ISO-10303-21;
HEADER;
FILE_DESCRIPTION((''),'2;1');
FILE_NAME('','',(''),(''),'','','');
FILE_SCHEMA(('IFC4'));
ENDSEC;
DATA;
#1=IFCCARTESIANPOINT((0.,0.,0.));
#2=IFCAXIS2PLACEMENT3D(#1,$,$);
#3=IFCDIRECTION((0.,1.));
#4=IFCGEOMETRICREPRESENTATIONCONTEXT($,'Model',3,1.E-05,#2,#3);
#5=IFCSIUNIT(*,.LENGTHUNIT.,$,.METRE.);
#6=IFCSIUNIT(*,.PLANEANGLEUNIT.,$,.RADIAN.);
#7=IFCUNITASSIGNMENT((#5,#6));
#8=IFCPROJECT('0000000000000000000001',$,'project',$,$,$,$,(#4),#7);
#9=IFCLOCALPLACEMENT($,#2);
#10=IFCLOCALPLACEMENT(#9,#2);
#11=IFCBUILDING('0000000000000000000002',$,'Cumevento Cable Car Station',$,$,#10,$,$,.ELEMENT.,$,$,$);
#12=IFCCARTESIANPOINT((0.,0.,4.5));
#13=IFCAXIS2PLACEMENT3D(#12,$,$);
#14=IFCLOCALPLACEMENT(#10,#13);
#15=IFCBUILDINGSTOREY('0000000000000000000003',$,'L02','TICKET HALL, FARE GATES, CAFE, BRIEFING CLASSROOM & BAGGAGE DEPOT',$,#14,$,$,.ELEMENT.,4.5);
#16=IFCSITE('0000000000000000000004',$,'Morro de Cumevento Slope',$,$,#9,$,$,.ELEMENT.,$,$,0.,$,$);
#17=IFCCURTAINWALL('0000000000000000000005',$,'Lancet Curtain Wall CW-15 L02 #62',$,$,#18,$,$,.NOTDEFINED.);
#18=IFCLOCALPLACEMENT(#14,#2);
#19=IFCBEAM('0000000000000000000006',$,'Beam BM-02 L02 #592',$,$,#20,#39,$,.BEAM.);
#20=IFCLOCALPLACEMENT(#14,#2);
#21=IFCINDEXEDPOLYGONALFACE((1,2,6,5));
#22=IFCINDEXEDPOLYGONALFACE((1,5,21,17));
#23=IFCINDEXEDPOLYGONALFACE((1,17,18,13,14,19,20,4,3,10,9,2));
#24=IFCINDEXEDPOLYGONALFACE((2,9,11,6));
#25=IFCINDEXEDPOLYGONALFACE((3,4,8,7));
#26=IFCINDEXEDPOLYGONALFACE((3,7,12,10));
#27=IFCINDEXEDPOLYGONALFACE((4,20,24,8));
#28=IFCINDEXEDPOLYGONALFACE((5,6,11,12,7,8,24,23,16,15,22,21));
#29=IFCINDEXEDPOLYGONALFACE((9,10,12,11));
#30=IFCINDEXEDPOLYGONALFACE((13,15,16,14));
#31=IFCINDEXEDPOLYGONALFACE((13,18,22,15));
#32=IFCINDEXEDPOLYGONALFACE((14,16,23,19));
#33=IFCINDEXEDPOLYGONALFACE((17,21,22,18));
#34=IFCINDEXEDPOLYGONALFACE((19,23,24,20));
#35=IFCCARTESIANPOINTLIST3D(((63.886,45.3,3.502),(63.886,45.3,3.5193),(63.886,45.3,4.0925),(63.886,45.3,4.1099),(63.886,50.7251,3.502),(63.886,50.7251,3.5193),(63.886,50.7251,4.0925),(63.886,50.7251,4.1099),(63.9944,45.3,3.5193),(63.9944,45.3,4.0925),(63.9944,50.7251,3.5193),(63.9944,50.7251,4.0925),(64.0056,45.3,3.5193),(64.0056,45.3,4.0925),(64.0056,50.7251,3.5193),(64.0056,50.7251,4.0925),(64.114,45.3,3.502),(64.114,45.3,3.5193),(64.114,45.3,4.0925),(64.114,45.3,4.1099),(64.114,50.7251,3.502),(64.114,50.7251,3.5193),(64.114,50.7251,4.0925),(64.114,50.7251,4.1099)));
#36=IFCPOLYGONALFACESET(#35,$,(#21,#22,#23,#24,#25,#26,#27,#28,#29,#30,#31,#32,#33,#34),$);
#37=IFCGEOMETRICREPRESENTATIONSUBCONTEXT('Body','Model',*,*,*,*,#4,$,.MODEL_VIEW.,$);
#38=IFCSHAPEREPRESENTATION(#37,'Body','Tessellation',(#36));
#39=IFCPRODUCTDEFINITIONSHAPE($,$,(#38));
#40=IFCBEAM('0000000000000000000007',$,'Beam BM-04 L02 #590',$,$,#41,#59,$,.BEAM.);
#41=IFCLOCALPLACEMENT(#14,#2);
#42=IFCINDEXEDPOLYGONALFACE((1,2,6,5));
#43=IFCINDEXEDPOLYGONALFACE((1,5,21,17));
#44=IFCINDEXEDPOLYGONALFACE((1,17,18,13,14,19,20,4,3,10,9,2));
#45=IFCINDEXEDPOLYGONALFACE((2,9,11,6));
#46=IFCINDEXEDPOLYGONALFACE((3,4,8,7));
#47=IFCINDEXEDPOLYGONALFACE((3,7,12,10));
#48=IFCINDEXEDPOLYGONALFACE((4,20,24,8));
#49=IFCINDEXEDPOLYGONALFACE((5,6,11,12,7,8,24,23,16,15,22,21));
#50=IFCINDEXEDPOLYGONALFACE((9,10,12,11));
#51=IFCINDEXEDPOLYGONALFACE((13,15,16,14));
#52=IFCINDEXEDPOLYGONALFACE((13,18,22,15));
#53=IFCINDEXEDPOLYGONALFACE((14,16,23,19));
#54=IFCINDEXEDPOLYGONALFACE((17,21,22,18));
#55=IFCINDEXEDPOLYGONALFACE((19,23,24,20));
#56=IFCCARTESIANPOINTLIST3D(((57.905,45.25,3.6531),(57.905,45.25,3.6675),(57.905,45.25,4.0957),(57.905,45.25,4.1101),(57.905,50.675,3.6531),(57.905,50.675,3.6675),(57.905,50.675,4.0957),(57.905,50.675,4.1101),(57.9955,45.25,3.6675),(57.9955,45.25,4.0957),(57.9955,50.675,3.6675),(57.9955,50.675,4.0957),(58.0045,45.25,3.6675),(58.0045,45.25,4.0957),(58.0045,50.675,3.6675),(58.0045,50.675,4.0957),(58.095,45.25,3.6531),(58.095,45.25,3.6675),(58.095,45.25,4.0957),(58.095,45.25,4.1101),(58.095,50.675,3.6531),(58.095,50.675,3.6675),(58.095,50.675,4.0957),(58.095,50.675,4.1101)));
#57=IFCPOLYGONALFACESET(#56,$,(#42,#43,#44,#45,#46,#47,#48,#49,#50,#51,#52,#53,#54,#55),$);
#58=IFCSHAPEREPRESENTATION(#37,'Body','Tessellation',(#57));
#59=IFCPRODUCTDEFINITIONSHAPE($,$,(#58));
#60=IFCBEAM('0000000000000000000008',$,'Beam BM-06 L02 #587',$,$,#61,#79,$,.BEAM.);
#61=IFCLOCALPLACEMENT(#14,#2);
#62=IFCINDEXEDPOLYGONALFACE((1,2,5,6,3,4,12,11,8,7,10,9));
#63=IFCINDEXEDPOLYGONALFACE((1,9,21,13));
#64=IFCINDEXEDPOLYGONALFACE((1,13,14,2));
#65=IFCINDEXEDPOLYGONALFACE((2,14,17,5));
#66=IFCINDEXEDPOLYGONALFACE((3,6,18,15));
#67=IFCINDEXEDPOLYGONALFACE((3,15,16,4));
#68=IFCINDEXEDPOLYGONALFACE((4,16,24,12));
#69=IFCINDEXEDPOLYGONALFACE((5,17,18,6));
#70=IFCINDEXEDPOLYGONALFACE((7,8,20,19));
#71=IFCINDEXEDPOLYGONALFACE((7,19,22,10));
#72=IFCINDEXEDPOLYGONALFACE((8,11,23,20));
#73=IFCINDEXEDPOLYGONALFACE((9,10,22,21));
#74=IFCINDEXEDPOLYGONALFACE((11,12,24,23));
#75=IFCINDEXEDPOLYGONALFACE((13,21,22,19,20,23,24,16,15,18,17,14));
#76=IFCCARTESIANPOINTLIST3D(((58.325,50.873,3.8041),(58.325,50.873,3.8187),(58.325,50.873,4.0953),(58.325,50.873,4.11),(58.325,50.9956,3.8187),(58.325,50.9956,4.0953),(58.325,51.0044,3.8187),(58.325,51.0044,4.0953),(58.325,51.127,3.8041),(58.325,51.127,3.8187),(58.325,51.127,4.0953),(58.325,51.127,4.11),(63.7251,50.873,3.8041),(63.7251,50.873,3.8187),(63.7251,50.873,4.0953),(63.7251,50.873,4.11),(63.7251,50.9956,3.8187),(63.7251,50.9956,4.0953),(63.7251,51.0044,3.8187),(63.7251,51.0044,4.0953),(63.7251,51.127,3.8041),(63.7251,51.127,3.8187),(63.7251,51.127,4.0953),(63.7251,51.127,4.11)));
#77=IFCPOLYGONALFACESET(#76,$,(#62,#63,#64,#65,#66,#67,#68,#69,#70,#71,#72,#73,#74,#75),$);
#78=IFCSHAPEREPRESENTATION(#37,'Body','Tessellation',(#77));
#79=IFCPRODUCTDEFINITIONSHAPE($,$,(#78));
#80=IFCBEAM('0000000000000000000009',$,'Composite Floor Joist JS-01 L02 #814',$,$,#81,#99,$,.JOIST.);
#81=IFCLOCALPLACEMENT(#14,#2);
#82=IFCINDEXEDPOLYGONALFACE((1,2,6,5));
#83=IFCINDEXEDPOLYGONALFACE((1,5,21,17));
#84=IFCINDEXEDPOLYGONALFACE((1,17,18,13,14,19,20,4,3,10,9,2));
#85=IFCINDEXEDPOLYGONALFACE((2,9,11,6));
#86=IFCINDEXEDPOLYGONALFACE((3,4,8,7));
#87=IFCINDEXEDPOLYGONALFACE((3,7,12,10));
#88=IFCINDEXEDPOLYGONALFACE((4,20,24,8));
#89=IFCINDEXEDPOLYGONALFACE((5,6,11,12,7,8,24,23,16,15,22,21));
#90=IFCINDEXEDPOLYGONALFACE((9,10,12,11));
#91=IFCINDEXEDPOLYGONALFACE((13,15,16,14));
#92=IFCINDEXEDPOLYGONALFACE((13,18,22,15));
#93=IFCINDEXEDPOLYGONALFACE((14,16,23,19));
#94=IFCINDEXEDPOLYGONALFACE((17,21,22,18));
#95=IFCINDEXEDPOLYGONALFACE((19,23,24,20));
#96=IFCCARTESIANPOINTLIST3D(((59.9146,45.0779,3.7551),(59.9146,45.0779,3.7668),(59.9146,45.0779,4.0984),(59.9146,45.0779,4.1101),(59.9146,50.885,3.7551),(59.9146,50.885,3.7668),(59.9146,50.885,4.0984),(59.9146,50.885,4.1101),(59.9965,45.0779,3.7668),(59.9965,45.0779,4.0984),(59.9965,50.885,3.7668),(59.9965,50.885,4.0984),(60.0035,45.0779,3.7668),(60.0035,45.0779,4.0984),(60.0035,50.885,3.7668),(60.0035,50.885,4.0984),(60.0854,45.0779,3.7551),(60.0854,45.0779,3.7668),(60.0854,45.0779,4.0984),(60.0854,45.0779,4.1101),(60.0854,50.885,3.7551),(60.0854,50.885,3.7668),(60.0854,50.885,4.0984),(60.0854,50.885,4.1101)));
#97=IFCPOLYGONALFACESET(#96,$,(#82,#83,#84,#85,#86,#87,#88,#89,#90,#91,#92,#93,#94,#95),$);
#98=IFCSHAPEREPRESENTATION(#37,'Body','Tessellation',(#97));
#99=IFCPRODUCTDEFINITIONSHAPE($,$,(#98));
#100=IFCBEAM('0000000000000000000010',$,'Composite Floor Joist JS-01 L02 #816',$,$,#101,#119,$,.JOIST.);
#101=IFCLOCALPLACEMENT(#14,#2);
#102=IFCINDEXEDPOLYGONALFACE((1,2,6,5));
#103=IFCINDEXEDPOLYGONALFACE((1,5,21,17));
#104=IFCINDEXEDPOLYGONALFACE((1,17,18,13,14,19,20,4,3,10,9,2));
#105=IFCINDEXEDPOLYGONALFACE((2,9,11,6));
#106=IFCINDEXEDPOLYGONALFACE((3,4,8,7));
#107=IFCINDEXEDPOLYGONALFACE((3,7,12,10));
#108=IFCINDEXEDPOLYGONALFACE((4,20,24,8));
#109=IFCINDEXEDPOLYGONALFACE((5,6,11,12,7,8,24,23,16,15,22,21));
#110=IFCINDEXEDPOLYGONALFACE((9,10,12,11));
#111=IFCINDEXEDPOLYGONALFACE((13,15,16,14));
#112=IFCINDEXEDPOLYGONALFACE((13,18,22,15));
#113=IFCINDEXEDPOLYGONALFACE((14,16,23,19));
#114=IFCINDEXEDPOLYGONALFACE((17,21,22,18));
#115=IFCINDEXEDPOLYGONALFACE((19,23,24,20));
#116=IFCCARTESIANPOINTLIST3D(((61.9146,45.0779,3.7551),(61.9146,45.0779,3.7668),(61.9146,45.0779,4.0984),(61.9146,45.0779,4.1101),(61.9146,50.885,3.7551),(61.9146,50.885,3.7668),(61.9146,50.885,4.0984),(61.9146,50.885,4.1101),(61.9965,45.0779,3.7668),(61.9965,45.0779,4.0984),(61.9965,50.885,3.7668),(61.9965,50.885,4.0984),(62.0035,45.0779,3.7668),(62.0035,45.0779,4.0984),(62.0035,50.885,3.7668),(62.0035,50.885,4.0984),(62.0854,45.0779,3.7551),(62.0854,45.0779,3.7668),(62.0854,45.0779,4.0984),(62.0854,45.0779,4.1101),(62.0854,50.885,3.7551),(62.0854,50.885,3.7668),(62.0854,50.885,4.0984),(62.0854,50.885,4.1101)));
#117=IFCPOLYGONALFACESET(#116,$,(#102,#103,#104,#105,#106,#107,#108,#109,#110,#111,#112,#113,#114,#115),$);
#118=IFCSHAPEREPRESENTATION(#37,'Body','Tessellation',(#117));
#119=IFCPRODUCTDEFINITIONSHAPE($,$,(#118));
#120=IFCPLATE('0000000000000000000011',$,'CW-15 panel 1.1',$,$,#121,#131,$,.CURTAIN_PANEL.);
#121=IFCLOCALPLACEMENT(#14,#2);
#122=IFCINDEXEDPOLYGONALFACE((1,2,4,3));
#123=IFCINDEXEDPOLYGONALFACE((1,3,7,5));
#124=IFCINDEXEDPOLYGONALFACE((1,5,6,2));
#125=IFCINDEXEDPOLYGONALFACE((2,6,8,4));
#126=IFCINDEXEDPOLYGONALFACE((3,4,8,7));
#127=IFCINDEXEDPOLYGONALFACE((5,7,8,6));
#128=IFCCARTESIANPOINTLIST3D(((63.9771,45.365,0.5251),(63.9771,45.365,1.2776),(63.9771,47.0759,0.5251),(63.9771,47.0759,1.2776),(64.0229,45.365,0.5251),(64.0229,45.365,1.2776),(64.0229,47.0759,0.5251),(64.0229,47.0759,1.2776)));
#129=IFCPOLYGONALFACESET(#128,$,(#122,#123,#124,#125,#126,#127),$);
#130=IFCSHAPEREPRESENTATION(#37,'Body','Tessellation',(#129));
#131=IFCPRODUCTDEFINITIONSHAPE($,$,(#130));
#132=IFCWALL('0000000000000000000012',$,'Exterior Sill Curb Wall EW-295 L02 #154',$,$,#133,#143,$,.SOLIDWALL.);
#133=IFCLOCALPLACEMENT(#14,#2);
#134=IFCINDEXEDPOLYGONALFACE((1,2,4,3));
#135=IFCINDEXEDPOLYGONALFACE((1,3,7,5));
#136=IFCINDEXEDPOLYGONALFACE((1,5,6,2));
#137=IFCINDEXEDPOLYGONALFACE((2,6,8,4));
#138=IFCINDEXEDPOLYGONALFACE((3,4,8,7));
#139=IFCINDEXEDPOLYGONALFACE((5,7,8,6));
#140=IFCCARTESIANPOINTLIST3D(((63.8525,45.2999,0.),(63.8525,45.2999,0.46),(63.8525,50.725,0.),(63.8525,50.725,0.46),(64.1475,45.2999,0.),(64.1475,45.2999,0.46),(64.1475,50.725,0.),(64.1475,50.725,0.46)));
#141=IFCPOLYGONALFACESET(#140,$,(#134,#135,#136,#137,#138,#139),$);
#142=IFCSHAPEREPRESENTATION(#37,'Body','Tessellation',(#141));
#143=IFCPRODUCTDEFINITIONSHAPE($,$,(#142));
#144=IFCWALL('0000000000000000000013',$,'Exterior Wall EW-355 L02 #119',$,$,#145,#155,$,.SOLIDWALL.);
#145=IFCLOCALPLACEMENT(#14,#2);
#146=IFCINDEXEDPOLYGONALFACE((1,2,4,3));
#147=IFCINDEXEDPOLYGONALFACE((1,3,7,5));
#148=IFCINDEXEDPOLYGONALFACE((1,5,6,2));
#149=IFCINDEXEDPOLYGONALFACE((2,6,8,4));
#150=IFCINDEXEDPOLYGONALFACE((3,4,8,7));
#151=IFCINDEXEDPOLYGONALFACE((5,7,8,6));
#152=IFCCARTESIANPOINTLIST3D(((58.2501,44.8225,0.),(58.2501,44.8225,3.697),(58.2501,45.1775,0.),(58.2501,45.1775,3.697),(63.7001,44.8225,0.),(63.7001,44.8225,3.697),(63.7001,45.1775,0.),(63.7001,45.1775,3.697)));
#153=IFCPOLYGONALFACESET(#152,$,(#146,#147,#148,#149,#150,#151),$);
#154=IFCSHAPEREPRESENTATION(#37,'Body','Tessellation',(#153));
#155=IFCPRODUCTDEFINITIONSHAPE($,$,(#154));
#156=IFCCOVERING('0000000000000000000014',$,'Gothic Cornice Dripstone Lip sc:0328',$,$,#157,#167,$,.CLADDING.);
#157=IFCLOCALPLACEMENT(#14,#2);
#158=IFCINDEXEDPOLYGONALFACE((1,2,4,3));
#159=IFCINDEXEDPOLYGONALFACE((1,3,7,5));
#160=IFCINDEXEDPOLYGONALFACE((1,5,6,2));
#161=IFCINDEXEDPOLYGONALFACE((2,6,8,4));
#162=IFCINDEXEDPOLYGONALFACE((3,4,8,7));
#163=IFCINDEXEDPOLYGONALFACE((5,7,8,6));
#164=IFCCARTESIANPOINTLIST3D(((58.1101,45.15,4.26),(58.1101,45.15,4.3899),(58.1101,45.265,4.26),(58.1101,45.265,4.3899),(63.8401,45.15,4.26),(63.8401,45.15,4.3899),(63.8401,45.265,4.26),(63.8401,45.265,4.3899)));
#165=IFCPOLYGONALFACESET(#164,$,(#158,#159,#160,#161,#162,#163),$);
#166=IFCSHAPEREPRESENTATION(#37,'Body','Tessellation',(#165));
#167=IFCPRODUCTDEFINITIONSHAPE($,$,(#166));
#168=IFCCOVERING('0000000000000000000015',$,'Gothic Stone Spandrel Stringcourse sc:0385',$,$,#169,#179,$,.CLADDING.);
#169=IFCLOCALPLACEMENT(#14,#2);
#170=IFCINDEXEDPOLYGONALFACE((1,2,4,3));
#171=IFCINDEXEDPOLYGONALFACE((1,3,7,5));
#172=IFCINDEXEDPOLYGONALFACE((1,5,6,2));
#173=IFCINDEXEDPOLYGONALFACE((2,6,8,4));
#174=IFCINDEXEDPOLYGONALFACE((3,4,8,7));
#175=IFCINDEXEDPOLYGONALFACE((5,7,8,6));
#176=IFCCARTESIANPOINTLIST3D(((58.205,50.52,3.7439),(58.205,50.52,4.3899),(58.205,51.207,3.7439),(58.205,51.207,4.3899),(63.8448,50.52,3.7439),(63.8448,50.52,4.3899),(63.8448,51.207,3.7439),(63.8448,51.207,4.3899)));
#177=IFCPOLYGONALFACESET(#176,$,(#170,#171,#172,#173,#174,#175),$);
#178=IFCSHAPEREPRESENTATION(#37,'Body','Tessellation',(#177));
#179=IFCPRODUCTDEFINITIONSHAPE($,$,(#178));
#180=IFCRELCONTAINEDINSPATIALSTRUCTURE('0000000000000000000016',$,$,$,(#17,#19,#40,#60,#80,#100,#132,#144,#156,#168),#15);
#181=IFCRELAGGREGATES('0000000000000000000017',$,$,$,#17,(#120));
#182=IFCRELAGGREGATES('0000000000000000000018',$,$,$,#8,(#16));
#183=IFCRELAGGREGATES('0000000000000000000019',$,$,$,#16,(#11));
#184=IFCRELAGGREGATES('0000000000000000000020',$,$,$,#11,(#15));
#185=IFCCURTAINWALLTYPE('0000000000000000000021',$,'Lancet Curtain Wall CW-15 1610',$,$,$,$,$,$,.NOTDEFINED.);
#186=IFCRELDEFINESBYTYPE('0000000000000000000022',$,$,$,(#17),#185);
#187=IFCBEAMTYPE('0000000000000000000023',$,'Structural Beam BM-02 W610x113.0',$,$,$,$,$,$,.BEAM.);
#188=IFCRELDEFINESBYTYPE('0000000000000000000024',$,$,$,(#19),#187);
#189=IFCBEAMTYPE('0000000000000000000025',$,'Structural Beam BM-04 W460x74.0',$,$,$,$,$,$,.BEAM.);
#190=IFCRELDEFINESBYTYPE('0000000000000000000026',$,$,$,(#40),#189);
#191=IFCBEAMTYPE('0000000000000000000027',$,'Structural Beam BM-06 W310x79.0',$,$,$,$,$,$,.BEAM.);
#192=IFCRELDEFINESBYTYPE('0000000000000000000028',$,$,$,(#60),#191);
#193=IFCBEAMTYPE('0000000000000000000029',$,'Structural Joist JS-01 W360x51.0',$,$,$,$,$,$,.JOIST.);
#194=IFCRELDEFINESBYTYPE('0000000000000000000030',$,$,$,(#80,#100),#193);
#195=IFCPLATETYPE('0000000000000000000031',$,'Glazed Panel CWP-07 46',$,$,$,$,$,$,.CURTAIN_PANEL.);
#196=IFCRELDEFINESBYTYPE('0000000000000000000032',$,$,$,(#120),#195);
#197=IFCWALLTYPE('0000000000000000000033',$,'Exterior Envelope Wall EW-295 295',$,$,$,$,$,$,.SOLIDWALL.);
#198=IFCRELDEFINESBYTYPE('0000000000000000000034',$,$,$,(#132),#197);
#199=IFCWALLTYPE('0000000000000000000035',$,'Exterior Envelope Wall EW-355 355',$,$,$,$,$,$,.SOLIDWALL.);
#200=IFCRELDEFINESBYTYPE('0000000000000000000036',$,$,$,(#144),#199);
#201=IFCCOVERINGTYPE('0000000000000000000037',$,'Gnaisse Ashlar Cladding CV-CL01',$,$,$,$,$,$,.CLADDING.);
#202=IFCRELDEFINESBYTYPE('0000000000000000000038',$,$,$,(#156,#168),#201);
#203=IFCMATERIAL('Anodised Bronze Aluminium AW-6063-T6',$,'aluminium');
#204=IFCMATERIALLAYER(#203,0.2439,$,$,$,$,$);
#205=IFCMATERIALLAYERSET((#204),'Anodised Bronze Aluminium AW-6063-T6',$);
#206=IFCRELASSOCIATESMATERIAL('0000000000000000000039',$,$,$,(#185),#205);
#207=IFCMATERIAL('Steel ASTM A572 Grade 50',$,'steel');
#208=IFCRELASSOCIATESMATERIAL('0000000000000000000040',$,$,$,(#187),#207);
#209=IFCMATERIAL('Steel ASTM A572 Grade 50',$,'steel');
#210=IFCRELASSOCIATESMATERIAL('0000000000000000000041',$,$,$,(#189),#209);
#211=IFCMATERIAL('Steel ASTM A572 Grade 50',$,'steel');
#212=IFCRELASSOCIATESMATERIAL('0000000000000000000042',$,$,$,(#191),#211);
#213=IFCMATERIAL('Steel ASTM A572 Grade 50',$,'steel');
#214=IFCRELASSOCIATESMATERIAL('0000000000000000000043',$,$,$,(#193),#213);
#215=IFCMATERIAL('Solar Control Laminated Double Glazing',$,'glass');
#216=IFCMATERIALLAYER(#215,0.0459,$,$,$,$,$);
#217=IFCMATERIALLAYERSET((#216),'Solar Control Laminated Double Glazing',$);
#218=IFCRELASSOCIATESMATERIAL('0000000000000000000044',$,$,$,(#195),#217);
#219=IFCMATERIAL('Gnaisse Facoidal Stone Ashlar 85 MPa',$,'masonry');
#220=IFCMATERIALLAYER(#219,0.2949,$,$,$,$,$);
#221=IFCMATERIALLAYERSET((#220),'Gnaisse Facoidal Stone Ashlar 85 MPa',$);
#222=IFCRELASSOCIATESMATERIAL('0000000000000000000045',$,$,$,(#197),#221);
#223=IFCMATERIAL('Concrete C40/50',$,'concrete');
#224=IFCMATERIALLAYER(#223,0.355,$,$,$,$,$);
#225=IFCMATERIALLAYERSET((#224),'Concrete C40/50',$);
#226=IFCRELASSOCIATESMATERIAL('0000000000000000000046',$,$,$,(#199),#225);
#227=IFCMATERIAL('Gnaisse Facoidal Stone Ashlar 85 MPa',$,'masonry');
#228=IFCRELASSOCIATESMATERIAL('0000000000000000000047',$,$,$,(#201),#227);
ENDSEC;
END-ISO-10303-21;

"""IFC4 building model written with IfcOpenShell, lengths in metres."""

from ifc_helpers import new_model, si_unit, direction, frame, frame_2d, origin, origin_2d, place, context, subcontext, project, spatial, rectangle, i_section, extrude, material, layer, layer_set, material_profile, profile_set, type_object, element, aggregate, save


model = new_model("IFC4")

# Units and contexts
model_context = context("Model", 3, precision=1e-05, world=origin(), true_north=direction((0.0, 1.0)))
body_context = subcontext(model_context, "Body", "Model", "MODEL_VIEW")
ifc_project = project(units=[si_unit("LENGTHUNIT", "METRE"), si_unit("PLANEANGLEUNIT", "RADIAN")], contexts=[model_context])

# Site, building, storey
site_placement = place(None, origin())
site = spatial("IfcSite", under=ifc_project, at=site_placement, Name="Morro de Cumevento Slope", CompositionType="ELEMENT", RefElevation=0.0)
building_placement = place(site_placement, origin())
building = spatial("IfcBuilding", under=site, at=building_placement, Name="Cumevento Cable Car Station", CompositionType="ELEMENT")
storey_placement = place(building_placement, frame((0.0, 0.0, 4.5)))
storey = spatial("IfcBuildingStorey", under=building, at=storey_placement, Name="L02", Description="TICKET HALL, FARE GATES, CAFE, BRIEFING CLASSROOM & BAGGAGE DEPOT", CompositionType="ELEMENT", Elevation=4.5)

# Curtain wall
ifc_material_1 = material(Name="Anodised Bronze Aluminium AW-6063-T6", Category="aluminium")
ifc_layer_1 = layer(ifc_material_1, 0.2439)
ifc_layer_set_1 = layer_set([ifc_layer_1], Name="Anodised Bronze Aluminium AW-6063-T6")
curtain_wall_type = type_object("IfcCurtainWallType", Name="Lancet Curtain Wall CW-15 1610", PredefinedType="NOTDEFINED", material=ifc_layer_set_1)
curtain_wall_placement = place(storey_placement, origin())
curtain_wall = element("IfcCurtainWall", 1, at=curtain_wall_placement, inside=storey, type_object=curtain_wall_type, Name="Lancet Curtain Wall CW-15 L02 #62", PredefinedType="NOTDEFINED")

# Beams
ifc_material_2 = material(Name="Steel ASTM A572 Grade 50", Category="steel")
ifc_material_profile_1 = material_profile(ifc_material_2, i_section(OverallWidth=0.228, OverallDepth=0.6079, WebThickness=0.0112, FlangeThickness=0.0173, at=origin_2d()), Name="W610x113.0")
ifc_profile_set_1 = profile_set([ifc_material_profile_1], Name="Steel ASTM A572 Grade 50")
beam_type_1 = type_object("IfcBeamType", Name="Structural Beam BM-02 W610x113.0", PredefinedType="BEAM", material=ifc_profile_set_1)
beam_1_placement = place(storey_placement, frame((64.0, 45.3, 3.8059), z_axis=(0.0, 1.0, 0.0), x_axis=(-1.0, 0.0, 0.0)))
element("IfcBeam", 2, at=beam_1_placement, inside=storey, type_object=beam_type_1, Name="Beam BM-02 L02 #592", PredefinedType="BEAM", context=body_context, shape_type="SweptSolid", body=[
    extrude(i_section(OverallWidth=0.228, OverallDepth=0.6079, WebThickness=0.0112, FlangeThickness=0.0173, at=origin_2d()), origin(), (0.0, 0.0, 1.0), 5.425),
])
ifc_material_3 = material(Name="Steel ASTM A572 Grade 50", Category="steel")
ifc_material_profile_2 = material_profile(ifc_material_3, i_section(OverallWidth=0.1899, OverallDepth=0.457, WebThickness=0.009, FlangeThickness=0.0144, at=origin_2d()), Name="W460x74.0")
ifc_profile_set_2 = profile_set([ifc_material_profile_2], Name="Steel ASTM A572 Grade 50")
beam_type_2 = type_object("IfcBeamType", Name="Structural Beam BM-04 W460x74.0", PredefinedType="BEAM", material=ifc_profile_set_2)
beam_2_placement = place(storey_placement, frame((58.0, 45.25, 3.8816), z_axis=(0.0, 1.0, 0.0), x_axis=(-1.0, 0.0, 0.0)))
element("IfcBeam", 3, at=beam_2_placement, inside=storey, type_object=beam_type_2, Name="Beam BM-04 L02 #590", PredefinedType="BEAM", context=body_context, shape_type="SweptSolid", body=[
    extrude(i_section(OverallWidth=0.1899, OverallDepth=0.457, WebThickness=0.009, FlangeThickness=0.0144, at=origin_2d()), origin(), (0.0, 0.0, 1.0), 5.425),
])
ifc_material_4 = material(Name="Steel ASTM A572 Grade 50", Category="steel")
ifc_material_profile_3 = material_profile(ifc_material_4, i_section(OverallWidth=0.2539, OverallDepth=0.3059, WebThickness=0.0088, FlangeThickness=0.0146, at=origin_2d()), Name="W310x79.0")
ifc_profile_set_3 = profile_set([ifc_material_profile_3], Name="Steel ASTM A572 Grade 50")
beam_type_3 = type_object("IfcBeamType", Name="Structural Beam BM-06 W310x79.0", PredefinedType="BEAM", material=ifc_profile_set_3)
beam_3_placement = place(storey_placement, frame((58.325, 51.0, 3.957), z_axis=(1.0, 0.0, 0.0), x_axis=(0.0, 1.0, 0.0)))
element("IfcBeam", 4, at=beam_3_placement, inside=storey, type_object=beam_type_3, Name="Beam BM-06 L02 #587", PredefinedType="BEAM", context=body_context, shape_type="SweptSolid", body=[
    extrude(i_section(OverallWidth=0.2539, OverallDepth=0.3059, WebThickness=0.0088, FlangeThickness=0.0146, at=origin_2d()), origin(), (0.0, 0.0, 1.0), 5.4001),
])
ifc_material_5 = material(Name="Steel ASTM A572 Grade 50", Category="steel")
ifc_material_profile_4 = material_profile(ifc_material_5, i_section(OverallWidth=0.1709, OverallDepth=0.355, WebThickness=0.0071, FlangeThickness=0.0117, at=origin_2d()), Name="W360x51.0")
ifc_profile_set_4 = profile_set([ifc_material_profile_4], Name="Steel ASTM A572 Grade 50")
beam_type_4 = type_object("IfcBeamType", Name="Structural Joist JS-01 W360x51.0", PredefinedType="JOIST", material=ifc_profile_set_4)
for number, where, z_axis, x_axis, name in (
    (5, (60.0, 45.0779, 3.9326), (0.0, 1.0, 0.0), (-1.0, 0.0, 0.0), "Composite Floor Joist JS-01 L02 #814"),
    (6, (62.0, 45.0779, 3.9326), (0.0, 1.0, 0.0), (-1.0, 0.0, 0.0), "Composite Floor Joist JS-01 L02 #816"),
):
    element("IfcBeam", number, at=place(storey_placement, frame(where, z_axis=z_axis, x_axis=x_axis)), inside=storey, type_object=beam_type_4, Name=name, PredefinedType="JOIST", context=body_context, shape_type="SweptSolid", body=[
        extrude(i_section(OverallWidth=0.1709, OverallDepth=0.355, WebThickness=0.0071, FlangeThickness=0.0117, at=origin_2d()), origin(), (0.0, 0.0, 1.0), 5.8071),
    ])

# Plate
ifc_material_6 = material(Name="Solar Control Laminated Double Glazing", Category="glass")
ifc_layer_2 = layer(ifc_material_6, 0.0459)
ifc_layer_set_2 = layer_set([ifc_layer_2], Name="Solar Control Laminated Double Glazing")
plate_type = type_object("IfcPlateType", Name="Glazed Panel CWP-07 46", PredefinedType="CURTAIN_PANEL", material=ifc_layer_set_2)
plate_placement = place(storey_placement, frame((64.0, 46.2205, 0.5251), z_axis=(0.0, 0.0, 1.0), x_axis=(0.0, 1.0, 0.0)))
plate = element("IfcPlate", 7, at=plate_placement, type_object=plate_type, Name="CW-15 panel 1.1", PredefinedType="CURTAIN_PANEL", context=body_context, shape_type="SweptSolid", body=[
    extrude(rectangle(XDim=1.7109, YDim=0.0459, at=origin_2d()), origin(), (0.0, 0.0, 1.0), 0.7524),
])
aggregate(curtain_wall, [plate])

# Walls
ifc_material_7 = material(Name="Gnaisse Facoidal Stone Ashlar 85 MPa", Category="masonry")
ifc_layer_3 = layer(ifc_material_7, 0.2949)
ifc_layer_set_3 = layer_set([ifc_layer_3], Name="Gnaisse Facoidal Stone Ashlar 85 MPa")
wall_type_1 = type_object("IfcWallType", Name="Exterior Envelope Wall EW-295 295", PredefinedType="SOLIDWALL", material=ifc_layer_set_3)
wall_1_placement = place(storey_placement, frame((64.0, 45.3, 0.0), z_axis=(0.0, 0.0, 1.0), x_axis=(0.0, 1.0, 0.0)))
element("IfcWall", 8, at=wall_1_placement, inside=storey, type_object=wall_type_1, Name="Exterior Sill Curb Wall EW-295 L02 #154", PredefinedType="SOLIDWALL", context=body_context, shape_type="SweptSolid", body=[
    extrude(rectangle(XDim=5.425, YDim=0.2949, at=frame_2d((2.7124, 0.0))), origin(), (0.0, 0.0, 1.0), 0.46),
])
ifc_material_8 = material(Name="Concrete C40/50", Category="concrete")
ifc_layer_4 = layer(ifc_material_8, 0.355)
ifc_layer_set_4 = layer_set([ifc_layer_4], Name="Concrete C40/50")
wall_type_2 = type_object("IfcWallType", Name="Exterior Envelope Wall EW-355 355", PredefinedType="SOLIDWALL", material=ifc_layer_set_4)
wall_2_placement = place(storey_placement, frame((58.25, 45.0, 0.0), z_axis=(0.0, 0.0, 1.0), x_axis=(1.0, 0.0, 0.0)))
element("IfcWall", 9, at=wall_2_placement, inside=storey, type_object=wall_type_2, Name="Exterior Wall EW-355 L02 #119", PredefinedType="SOLIDWALL", context=body_context, shape_type="SweptSolid", body=[
    extrude(rectangle(XDim=5.45, YDim=0.355, at=frame_2d((2.7251, 0.0))), origin(), (0.0, 0.0, 1.0), 3.697),
])

# Coverings
ifc_material_9 = material(Name="Gnaisse Facoidal Stone Ashlar 85 MPa", Category="masonry")
covering_type = type_object("IfcCoveringType", Name="Gnaisse Ashlar Cladding CV-CL01", PredefinedType="CLADDING", material=ifc_material_9)
covering_1_placement = place(storey_placement, frame((60.9751, 45.2075, 4.26), z_axis=(0.0, 0.0, 1.0), x_axis=(1.0, 0.0, 0.0)))
element("IfcCovering", 10, at=covering_1_placement, inside=storey, type_object=covering_type, Name="Gothic Cornice Dripstone Lip sc:0328", PredefinedType="CLADDING", context=body_context, shape_type="SweptSolid", body=[
    extrude(rectangle(XDim=5.73, YDim=0.115, at=origin_2d()), origin(), (0.0, 0.0, 1.0), 0.1299),
])
covering_2_placement = place(storey_placement, frame((61.0249, 50.8635, 3.7439), z_axis=(0.0, 0.0, 1.0), x_axis=(1.0, 0.0, 0.0)))
element("IfcCovering", 11, at=covering_2_placement, inside=storey, type_object=covering_type, Name="Gothic Stone Spandrel Stringcourse sc:0385", PredefinedType="CLADDING", context=body_context, shape_type="SweptSolid", body=[
    extrude(rectangle(XDim=5.6399, YDim=0.687, at=origin_2d()), origin(), (0.0, 0.0, 1.0), 0.646),
])

save(model, "model.ifc")
